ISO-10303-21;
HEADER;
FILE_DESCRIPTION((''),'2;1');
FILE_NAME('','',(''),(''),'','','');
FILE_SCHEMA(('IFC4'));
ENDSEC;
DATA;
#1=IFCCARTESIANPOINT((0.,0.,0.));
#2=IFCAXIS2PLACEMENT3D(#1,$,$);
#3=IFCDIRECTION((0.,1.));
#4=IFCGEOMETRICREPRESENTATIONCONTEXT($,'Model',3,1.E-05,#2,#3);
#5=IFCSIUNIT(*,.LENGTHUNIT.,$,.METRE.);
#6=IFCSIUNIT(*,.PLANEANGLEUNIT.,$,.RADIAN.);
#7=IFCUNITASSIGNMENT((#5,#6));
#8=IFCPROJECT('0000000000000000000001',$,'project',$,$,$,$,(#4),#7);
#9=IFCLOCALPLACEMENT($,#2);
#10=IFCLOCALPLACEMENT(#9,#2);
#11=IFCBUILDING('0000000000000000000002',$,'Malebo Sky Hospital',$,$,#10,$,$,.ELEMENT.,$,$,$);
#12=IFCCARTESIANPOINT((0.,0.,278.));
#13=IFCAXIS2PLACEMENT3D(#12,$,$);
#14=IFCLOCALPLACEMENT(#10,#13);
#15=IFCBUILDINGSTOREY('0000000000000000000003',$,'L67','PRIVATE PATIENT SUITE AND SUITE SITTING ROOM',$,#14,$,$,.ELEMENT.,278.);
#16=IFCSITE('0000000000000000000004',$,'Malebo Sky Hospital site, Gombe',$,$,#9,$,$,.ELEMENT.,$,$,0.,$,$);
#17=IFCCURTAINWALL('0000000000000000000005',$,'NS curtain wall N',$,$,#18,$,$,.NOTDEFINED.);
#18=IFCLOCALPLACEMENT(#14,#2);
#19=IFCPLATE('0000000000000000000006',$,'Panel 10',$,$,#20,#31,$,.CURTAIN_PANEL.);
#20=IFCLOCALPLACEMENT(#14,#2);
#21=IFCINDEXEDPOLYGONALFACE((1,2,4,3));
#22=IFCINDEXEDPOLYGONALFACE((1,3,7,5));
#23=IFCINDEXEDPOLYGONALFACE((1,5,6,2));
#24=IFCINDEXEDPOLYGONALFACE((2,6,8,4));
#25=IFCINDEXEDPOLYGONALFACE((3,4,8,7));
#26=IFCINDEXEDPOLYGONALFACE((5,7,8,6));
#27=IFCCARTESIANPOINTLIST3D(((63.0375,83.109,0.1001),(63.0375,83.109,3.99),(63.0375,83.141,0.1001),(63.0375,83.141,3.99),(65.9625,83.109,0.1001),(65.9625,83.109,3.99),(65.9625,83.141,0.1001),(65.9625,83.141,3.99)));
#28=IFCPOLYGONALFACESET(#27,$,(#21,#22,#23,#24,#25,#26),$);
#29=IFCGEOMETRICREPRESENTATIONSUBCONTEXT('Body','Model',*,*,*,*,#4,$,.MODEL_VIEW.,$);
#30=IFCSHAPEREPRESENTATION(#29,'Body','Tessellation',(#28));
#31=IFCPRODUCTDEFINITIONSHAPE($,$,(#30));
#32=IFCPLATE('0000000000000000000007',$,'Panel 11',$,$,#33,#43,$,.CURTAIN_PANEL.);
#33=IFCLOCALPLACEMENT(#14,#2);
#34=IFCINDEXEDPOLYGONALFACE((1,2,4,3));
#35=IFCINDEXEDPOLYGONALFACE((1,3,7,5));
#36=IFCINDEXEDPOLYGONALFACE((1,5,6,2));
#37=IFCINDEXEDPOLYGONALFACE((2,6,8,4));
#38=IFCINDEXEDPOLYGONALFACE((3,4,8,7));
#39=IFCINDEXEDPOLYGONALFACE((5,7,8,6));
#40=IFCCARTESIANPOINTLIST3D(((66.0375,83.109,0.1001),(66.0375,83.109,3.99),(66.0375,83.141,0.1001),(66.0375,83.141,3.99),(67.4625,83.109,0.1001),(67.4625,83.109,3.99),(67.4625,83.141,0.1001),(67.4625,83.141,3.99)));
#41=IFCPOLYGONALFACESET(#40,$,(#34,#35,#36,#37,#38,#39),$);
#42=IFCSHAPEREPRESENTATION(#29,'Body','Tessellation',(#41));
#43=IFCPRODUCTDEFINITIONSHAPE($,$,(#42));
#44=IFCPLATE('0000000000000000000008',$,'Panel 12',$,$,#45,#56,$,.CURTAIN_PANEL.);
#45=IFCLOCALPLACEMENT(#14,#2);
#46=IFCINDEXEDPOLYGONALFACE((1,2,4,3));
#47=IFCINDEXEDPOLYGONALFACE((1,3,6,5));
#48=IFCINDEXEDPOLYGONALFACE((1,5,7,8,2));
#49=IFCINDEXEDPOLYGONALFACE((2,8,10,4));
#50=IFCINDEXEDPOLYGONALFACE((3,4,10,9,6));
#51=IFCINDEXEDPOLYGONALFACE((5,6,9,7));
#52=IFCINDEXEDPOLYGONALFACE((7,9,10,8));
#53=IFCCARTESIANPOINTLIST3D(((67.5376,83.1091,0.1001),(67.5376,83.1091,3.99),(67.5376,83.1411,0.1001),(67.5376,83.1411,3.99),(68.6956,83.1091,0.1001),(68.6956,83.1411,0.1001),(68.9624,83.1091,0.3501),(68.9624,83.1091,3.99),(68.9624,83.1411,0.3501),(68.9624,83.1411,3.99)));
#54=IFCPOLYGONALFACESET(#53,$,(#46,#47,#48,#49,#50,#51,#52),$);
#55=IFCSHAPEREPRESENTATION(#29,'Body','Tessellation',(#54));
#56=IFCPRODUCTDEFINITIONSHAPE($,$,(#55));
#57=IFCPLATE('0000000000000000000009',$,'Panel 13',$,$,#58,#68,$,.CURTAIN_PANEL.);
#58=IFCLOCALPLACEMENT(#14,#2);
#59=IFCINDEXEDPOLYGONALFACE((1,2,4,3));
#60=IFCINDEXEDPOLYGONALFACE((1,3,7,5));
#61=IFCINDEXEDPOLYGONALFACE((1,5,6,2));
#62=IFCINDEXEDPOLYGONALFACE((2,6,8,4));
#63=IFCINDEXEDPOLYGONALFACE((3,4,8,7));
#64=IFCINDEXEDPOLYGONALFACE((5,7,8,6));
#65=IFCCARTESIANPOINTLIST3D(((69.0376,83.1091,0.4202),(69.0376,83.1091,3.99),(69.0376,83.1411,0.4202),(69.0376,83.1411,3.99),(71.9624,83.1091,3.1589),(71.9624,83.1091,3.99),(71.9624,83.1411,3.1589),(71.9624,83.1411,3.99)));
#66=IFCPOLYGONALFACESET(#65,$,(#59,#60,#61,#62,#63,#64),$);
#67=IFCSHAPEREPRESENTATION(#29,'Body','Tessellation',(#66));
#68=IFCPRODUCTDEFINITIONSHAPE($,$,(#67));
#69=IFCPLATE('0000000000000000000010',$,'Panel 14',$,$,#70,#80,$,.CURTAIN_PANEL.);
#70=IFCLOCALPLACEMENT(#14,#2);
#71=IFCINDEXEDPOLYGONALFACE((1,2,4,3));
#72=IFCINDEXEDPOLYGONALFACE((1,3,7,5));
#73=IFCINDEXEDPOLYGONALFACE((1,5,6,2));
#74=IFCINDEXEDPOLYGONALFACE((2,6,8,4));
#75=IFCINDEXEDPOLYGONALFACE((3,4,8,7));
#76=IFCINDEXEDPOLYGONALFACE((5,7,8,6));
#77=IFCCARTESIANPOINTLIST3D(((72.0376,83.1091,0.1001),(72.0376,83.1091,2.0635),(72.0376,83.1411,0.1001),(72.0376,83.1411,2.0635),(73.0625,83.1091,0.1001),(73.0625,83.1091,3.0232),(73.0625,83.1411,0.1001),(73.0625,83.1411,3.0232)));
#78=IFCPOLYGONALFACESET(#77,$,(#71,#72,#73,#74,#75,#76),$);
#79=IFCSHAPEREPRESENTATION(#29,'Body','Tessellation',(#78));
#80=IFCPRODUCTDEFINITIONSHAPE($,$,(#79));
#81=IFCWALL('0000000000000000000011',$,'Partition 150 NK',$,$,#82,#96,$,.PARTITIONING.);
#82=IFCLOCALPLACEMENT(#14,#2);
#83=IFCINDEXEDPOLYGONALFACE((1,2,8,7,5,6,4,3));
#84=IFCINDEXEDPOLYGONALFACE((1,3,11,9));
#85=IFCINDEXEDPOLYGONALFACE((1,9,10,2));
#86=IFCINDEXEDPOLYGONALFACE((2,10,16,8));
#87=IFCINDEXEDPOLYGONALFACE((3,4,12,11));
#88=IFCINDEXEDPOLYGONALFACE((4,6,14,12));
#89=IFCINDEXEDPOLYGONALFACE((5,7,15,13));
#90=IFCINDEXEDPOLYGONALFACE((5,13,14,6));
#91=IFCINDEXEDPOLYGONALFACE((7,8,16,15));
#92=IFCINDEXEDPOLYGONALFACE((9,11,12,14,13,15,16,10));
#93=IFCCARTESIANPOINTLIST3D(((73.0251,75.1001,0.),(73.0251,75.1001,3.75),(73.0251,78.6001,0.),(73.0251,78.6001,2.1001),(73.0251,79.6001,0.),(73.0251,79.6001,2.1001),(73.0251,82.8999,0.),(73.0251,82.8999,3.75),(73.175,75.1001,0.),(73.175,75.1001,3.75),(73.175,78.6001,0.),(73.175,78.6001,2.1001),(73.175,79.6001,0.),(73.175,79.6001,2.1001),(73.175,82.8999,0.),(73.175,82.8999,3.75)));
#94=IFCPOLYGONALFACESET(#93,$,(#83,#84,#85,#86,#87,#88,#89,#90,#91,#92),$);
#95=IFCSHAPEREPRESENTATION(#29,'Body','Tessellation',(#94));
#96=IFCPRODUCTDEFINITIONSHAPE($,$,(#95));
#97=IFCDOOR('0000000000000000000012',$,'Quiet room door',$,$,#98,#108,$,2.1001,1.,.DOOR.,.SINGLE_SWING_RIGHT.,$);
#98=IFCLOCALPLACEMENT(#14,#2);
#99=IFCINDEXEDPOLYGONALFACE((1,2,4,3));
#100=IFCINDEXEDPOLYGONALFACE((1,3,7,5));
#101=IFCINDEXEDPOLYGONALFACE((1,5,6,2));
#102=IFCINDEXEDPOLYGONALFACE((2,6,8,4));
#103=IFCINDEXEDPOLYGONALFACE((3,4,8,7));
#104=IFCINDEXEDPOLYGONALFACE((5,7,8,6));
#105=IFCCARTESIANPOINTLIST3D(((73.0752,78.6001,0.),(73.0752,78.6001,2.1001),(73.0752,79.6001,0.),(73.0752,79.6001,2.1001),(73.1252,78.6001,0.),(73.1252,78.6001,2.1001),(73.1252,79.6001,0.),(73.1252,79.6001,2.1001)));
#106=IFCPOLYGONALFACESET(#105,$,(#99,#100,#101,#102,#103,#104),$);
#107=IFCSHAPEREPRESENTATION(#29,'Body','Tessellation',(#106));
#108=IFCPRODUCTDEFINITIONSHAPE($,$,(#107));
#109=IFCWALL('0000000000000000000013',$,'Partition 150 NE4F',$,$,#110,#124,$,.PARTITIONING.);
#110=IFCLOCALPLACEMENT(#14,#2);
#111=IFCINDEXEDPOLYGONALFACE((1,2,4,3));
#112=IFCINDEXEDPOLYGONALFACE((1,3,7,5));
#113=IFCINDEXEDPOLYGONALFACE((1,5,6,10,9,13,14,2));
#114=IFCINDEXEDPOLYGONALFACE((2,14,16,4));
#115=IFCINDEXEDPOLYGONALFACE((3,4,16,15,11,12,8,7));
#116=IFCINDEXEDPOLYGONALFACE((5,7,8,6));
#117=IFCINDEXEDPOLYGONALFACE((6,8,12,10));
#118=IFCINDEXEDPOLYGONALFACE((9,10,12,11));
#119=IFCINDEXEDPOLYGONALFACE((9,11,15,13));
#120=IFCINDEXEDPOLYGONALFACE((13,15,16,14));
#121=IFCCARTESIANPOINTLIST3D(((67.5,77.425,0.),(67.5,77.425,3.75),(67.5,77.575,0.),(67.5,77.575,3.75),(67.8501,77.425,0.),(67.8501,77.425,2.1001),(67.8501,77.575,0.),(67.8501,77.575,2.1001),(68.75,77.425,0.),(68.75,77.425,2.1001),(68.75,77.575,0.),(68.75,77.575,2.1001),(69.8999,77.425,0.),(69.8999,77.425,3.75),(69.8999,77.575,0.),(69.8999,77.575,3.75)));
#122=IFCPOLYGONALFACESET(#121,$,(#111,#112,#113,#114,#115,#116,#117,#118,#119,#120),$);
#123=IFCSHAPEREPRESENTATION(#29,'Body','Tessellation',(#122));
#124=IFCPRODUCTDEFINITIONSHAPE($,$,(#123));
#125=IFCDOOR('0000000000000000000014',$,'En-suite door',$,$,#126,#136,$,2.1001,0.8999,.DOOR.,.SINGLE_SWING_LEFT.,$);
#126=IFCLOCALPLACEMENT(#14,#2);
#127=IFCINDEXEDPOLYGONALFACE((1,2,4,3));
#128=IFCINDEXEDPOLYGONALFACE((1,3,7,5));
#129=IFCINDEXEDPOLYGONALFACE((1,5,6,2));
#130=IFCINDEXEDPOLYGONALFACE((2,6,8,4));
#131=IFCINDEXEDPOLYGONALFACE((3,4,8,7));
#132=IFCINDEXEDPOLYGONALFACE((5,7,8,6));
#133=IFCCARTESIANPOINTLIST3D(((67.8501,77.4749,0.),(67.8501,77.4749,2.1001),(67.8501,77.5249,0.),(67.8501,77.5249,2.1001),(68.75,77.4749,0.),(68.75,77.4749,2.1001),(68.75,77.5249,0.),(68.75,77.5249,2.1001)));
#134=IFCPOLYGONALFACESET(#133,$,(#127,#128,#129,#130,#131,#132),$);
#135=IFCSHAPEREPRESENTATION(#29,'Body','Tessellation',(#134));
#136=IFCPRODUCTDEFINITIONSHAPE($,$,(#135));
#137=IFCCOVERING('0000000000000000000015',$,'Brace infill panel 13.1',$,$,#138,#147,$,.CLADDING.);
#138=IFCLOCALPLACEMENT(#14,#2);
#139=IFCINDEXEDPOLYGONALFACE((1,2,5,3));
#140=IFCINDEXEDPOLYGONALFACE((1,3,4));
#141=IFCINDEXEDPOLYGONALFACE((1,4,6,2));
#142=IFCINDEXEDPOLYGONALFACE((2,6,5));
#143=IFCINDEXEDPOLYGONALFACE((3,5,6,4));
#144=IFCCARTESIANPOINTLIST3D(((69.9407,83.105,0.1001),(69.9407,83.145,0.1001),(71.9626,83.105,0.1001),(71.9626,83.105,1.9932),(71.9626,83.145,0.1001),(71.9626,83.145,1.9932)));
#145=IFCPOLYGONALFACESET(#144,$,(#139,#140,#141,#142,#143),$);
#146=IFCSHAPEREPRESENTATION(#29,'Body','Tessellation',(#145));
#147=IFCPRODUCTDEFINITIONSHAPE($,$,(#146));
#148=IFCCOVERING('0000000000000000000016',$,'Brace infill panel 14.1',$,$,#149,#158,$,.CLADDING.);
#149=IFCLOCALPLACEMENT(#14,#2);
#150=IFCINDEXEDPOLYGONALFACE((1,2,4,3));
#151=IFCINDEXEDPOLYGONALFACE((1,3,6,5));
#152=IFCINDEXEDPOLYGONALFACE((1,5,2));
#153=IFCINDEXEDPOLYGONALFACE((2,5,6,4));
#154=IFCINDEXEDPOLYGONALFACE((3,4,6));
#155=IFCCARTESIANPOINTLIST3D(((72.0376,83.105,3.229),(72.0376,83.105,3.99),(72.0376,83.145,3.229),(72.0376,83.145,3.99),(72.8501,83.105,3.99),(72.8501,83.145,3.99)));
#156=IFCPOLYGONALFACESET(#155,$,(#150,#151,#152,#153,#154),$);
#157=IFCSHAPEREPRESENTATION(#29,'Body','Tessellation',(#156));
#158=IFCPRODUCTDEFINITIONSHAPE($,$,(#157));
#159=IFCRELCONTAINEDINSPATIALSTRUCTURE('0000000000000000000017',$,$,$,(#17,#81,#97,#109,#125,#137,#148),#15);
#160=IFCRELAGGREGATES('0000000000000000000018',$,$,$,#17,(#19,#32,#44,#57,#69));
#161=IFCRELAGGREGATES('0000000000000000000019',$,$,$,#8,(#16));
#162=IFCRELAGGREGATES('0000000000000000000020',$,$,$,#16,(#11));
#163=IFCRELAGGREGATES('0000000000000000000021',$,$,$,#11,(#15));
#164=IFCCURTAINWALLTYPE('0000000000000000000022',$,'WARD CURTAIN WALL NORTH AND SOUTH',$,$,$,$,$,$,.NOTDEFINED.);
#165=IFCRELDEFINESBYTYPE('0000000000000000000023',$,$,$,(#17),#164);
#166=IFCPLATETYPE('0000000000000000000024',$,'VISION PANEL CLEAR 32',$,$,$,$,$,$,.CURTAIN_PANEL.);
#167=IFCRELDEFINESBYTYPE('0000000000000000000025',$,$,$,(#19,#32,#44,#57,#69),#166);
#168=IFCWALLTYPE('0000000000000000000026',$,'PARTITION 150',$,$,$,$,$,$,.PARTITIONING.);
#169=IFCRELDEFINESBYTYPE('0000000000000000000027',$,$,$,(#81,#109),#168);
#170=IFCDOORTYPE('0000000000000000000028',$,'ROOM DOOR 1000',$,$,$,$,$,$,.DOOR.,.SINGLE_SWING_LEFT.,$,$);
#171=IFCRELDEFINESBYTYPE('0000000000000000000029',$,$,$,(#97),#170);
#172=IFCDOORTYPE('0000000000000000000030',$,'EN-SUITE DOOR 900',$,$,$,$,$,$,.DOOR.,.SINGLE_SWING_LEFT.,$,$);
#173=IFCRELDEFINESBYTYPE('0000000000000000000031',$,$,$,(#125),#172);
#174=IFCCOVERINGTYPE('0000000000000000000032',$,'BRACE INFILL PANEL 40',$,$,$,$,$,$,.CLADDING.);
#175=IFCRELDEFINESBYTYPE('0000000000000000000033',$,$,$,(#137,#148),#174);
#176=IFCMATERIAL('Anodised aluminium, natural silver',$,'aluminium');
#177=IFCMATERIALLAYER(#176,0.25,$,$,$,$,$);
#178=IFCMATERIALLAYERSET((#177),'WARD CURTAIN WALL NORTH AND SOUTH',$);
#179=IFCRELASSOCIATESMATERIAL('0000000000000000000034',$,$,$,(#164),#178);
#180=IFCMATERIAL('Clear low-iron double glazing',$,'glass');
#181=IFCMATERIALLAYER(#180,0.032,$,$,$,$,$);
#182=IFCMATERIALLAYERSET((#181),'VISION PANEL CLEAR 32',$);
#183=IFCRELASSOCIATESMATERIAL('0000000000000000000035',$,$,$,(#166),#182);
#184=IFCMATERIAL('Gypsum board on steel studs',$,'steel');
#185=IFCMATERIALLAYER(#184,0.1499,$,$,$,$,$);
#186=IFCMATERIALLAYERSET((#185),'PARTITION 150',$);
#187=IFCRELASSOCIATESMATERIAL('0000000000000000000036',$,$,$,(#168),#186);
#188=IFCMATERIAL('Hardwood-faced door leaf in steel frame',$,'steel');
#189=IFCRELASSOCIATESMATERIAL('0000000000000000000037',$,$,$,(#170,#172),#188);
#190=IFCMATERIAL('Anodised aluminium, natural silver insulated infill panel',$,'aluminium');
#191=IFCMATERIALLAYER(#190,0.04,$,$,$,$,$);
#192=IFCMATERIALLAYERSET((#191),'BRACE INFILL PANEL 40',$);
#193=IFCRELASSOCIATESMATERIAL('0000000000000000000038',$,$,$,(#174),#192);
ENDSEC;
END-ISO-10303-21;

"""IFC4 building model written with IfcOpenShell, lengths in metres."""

from ifc_helpers import new_model, si_unit, direction, frame, frame_2d, origin, origin_2d, place, context, subcontext, project, spatial, polyline, rectangle, outline, extrude, material, layer, layer_set, type_object, element, fill, aggregate, save


model = new_model("IFC4")

# Units and contexts
model_context = context("Model", 3, precision=1e-05, world=origin(), true_north=direction((0.0, 1.0)))
body_context = subcontext(model_context, "Body", "Model", "MODEL_VIEW")
ifc_project = project(units=[si_unit("LENGTHUNIT", "METRE"), si_unit("PLANEANGLEUNIT", "RADIAN")], contexts=[model_context])

# Site, building, storey
site_placement = place(None, origin())
site = spatial("IfcSite", under=ifc_project, at=site_placement, Name="Malebo Sky Hospital site, Gombe", CompositionType="ELEMENT", RefElevation=0.0)
building_placement = place(site_placement, origin())
building = spatial("IfcBuilding", under=site, at=building_placement, Name="Malebo Sky Hospital", CompositionType="ELEMENT")
storey_placement = place(building_placement, frame((0.0, 0.0, 278.0)))
storey = spatial("IfcBuildingStorey", under=building, at=storey_placement, Name="L67", Description="PRIVATE PATIENT SUITE AND SUITE SITTING ROOM", CompositionType="ELEMENT", Elevation=278.0)

# Curtain wall
ifc_material_1 = material(Name="Anodised aluminium, natural silver", Category="aluminium")
ifc_layer_1 = layer(ifc_material_1, 0.25)
ifc_layer_set_1 = layer_set([ifc_layer_1], Name="WARD CURTAIN WALL NORTH AND SOUTH")
curtain_wall_type = type_object("IfcCurtainWallType", Name="WARD CURTAIN WALL NORTH AND SOUTH", PredefinedType="NOTDEFINED", material=ifc_layer_set_1)
curtain_wall_placement = place(storey_placement, origin())
curtain_wall = element("IfcCurtainWall", 1, at=curtain_wall_placement, inside=storey, type_object=curtain_wall_type, Name="NS curtain wall N", PredefinedType="NOTDEFINED")

# Plates
ifc_material_2 = material(Name="Clear low-iron double glazing", Category="glass")
ifc_layer_2 = layer(ifc_material_2, 0.032)
ifc_layer_set_2 = layer_set([ifc_layer_2], Name="VISION PANEL CLEAR 32")
plate_type = type_object("IfcPlateType", Name="VISION PANEL CLEAR 32", PredefinedType="CURTAIN_PANEL", material=ifc_layer_set_2)
plate_1_placement = place(storey_placement, frame((64.5, 83.125, 0.1001), z_axis=(0.0, 0.0, 1.0), x_axis=(1.0, 0.0, 0.0)))
plate_1 = element("IfcPlate", 2, at=plate_1_placement, type_object=plate_type, Name="Panel 10", PredefinedType="CURTAIN_PANEL", context=body_context, shape_type="SweptSolid", body=[
    extrude(rectangle(XDim=2.925, YDim=0.032, at=origin_2d()), origin(), (0.0, 0.0, 1.0), 3.8899),
])
plate_2_placement = place(storey_placement, frame((66.75, 83.125, 0.1001), z_axis=(0.0, 0.0, 1.0), x_axis=(1.0, 0.0, 0.0)))
plate_2 = element("IfcPlate", 3, at=plate_2_placement, type_object=plate_type, Name="Panel 11", PredefinedType="CURTAIN_PANEL", context=body_context, shape_type="SweptSolid", body=[
    extrude(rectangle(XDim=1.425, YDim=0.032, at=origin_2d()), origin(), (0.0, 0.0, 1.0), 3.8899),
])
plate_3_placement = place(storey_placement, frame((68.25, 83.125, 0.1001), z_axis=(0.0, 0.0, 1.0), x_axis=(1.0, 0.0, 0.0)))
plate_3 = element("IfcPlate", 4, at=plate_3_placement, type_object=plate_type, Name="Panel 12", PredefinedType="CURTAIN_PANEL", context=body_context, shape_type="SweptSolid", body=[
    extrude(outline(polyline([(-0.7124, 0.0), (0.4456, 0.0), (0.7124, 0.25), (0.7124, 3.8899), (-0.7124, 3.8899), (-0.7124, 0.0)])), frame((0.0, 0.0161, 0.0), z_axis=(0.0, -1.0, 0.0), x_axis=(1.0, 0.0, 0.0)), (0.0, 0.0, 1.0), 0.032),
])
plate_4_placement = place(storey_placement, frame((70.5, 83.125, 0.4202), z_axis=(0.0, 0.0, 1.0), x_axis=(1.0, 0.0, 0.0)))
plate_4 = element("IfcPlate", 5, at=plate_4_placement, type_object=plate_type, Name="Panel 13", PredefinedType="CURTAIN_PANEL", context=body_context, shape_type="SweptSolid", body=[
    extrude(outline(polyline([(-1.4624, 0.0), (1.4624, 2.7388), (1.4624, 3.5698), (-1.4624, 3.5698), (-1.4624, 0.0)])), frame((0.0, 0.0161, 0.0), z_axis=(0.0, -1.0, 0.0), x_axis=(1.0, 0.0, 0.0)), (0.0, 0.0, 1.0), 0.032),
])
plate_5_placement = place(storey_placement, frame((72.55, 83.125, 0.1001), z_axis=(0.0, 0.0, 1.0), x_axis=(1.0, 0.0, 0.0)))
plate_5 = element("IfcPlate", 6, at=plate_5_placement, type_object=plate_type, Name="Panel 14", PredefinedType="CURTAIN_PANEL", context=body_context, shape_type="SweptSolid", body=[
    extrude(outline(polyline([(-0.5125, 0.0), (0.5125, 0.0), (0.5125, 2.9231), (-0.5125, 1.9634), (-0.5125, 0.0)])), frame((0.0, 0.0161, 0.0), z_axis=(0.0, -1.0, 0.0), x_axis=(1.0, 0.0, 0.0)), (0.0, 0.0, 1.0), 0.032),
])
aggregate(curtain_wall, [plate_1, plate_2, plate_3, plate_4, plate_5])

# Walls, openings, doors
ifc_material_3 = material(Name="Gypsum board on steel studs", Category="steel")
ifc_layer_3 = layer(ifc_material_3, 0.1499)
ifc_layer_set_3 = layer_set([ifc_layer_3], Name="PARTITION 150")
wall_type = type_object("IfcWallType", Name="PARTITION 150", PredefinedType="PARTITIONING", material=ifc_layer_set_3)
wall_1_placement = place(storey_placement, frame((73.1001, 75.1001, 0.0), z_axis=(0.0, 0.0, 1.0), x_axis=(0.0, 1.0, 0.0)))
wall_1 = element("IfcWall", 7, at=wall_1_placement, inside=storey, type_object=wall_type, Name="Partition 150 NK", PredefinedType="PARTITIONING", context=body_context, shape_type="SweptSolid", body=[
    extrude(rectangle(XDim=7.7998, YDim=0.1499, at=frame_2d((3.8999, 0.0))), origin(), (0.0, 0.0, 1.0), 3.75),
])
opening_1_placement = place(wall_1_placement, frame((3.5, 0.0, 0.0)))
opening_1 = element("IfcOpeningElement", 8, at=opening_1_placement, cuts=wall_1, PredefinedType="OPENING", context=body_context, shape_type="SweptSolid", body=[
    extrude(rectangle(XDim=1.0, YDim=2.1001, at=frame_2d((0.5, 1.05))), frame((0.0, 0.085, 0.0), z_axis=(0.0, -1.0, 0.0), x_axis=(1.0, 0.0, 0.0)), (0.0, 0.0, 1.0), 0.1699),
])
ifc_material_4 = material(Name="Hardwood-faced door leaf in steel frame", Category="steel")
door_type_1 = type_object("IfcDoorType", Name="ROOM DOOR 1000", OperationType="SINGLE_SWING_LEFT", PredefinedType="DOOR", material=ifc_material_4)
door_1_placement = place(opening_1_placement, origin())
door_1 = element("IfcDoor", 9, at=door_1_placement, inside=storey, type_object=door_type_1, Name="Quiet room door", OperationType="SINGLE_SWING_RIGHT", OverallHeight=2.1001, OverallWidth=1.0, PredefinedType="DOOR", context=body_context, shape_type="SweptSolid", body=[
    extrude(rectangle(XDim=1.0, YDim=2.1001, at=frame_2d((0.5, 1.05))), frame((0.0, 0.0249, 0.0), z_axis=(0.0, -1.0, 0.0), x_axis=(1.0, 0.0, 0.0)), (0.0, 0.0, 1.0), 0.05),
])
fill(opening_1, door_1)
wall_2_placement = place(storey_placement, frame((67.5, 77.5, 0.0), z_axis=(0.0, 0.0, 1.0), x_axis=(1.0, 0.0, 0.0)))
wall_2 = element("IfcWall", 10, at=wall_2_placement, inside=storey, type_object=wall_type, Name="Partition 150 NE4F", PredefinedType="PARTITIONING", context=body_context, shape_type="SweptSolid", body=[
    extrude(rectangle(XDim=2.3999, YDim=0.1499, at=frame_2d((1.2, 0.0))), origin(), (0.0, 0.0, 1.0), 3.75),
])
opening_2_placement = place(wall_2_placement, frame((0.3501, 0.0, 0.0)))
opening_2 = element("IfcOpeningElement", 11, at=opening_2_placement, cuts=wall_2, PredefinedType="OPENING", context=body_context, shape_type="SweptSolid", body=[
    extrude(rectangle(XDim=0.8999, YDim=2.1001, at=frame_2d((0.45, 1.05))), frame((0.0, 0.085, 0.0), z_axis=(0.0, -1.0, 0.0), x_axis=(1.0, 0.0, 0.0)), (0.0, 0.0, 1.0), 0.1699),
])
door_type_2 = type_object("IfcDoorType", Name="EN-SUITE DOOR 900", OperationType="SINGLE_SWING_LEFT", PredefinedType="DOOR", material=ifc_material_4)
door_2_placement = place(opening_2_placement, origin())
door_2 = element("IfcDoor", 12, at=door_2_placement, inside=storey, type_object=door_type_2, Name="En-suite door", OperationType="SINGLE_SWING_LEFT", OverallHeight=2.1001, OverallWidth=0.8999, PredefinedType="DOOR", context=body_context, shape_type="SweptSolid", body=[
    extrude(rectangle(XDim=0.8999, YDim=2.1001, at=frame_2d((0.45, 1.05))), frame((0.0, 0.0249, 0.0), z_axis=(0.0, -1.0, 0.0), x_axis=(1.0, 0.0, 0.0)), (0.0, 0.0, 1.0), 0.05),
])
fill(opening_2, door_2)

# Coverings
ifc_material_5 = material(Name="Anodised aluminium, natural silver insulated infill panel", Category="aluminium")
ifc_layer_4 = layer(ifc_material_5, 0.04)
ifc_layer_set_4 = layer_set([ifc_layer_4], Name="BRACE INFILL PANEL 40")
covering_type = type_object("IfcCoveringType", Name="BRACE INFILL PANEL 40", PredefinedType="CLADDING", material=ifc_layer_set_4)
covering_1_placement = place(storey_placement, frame((70.9517, 83.125, 0.1001), z_axis=(0.0, 0.0, 1.0), x_axis=(1.0, 0.0, 0.0)))
element("IfcCovering", 13, at=covering_1_placement, inside=storey, type_object=covering_type, Name="Brace infill panel 13.1", PredefinedType="CLADDING", context=body_context, shape_type="SweptSolid", body=[
    extrude(outline(polyline([(-1.011, 0.0), (1.011, 0.0), (1.011, 1.8931), (-1.011, 0.0)])), frame((0.0, 0.02, 0.0), z_axis=(0.0, -1.0, 0.0), x_axis=(1.0, 0.0, 0.0)), (0.0, 0.0, 1.0), 0.04),
])
covering_2_placement = place(storey_placement, frame((72.4438, 83.125, 3.229), z_axis=(0.0, 0.0, 1.0), x_axis=(1.0, 0.0, 0.0)))
element("IfcCovering", 14, at=covering_2_placement, inside=storey, type_object=covering_type, Name="Brace infill panel 14.1", PredefinedType="CLADDING", context=body_context, shape_type="SweptSolid", body=[
    extrude(outline(polyline([(-0.4062, 0.0), (0.4062, 0.761), (-0.4062, 0.761), (-0.4062, 0.0)])), frame((0.0, 0.02, 0.0), z_axis=(0.0, -1.0, 0.0), x_axis=(1.0, 0.0, 0.0)), (0.0, 0.0, 1.0), 0.04),
])

save(model, "model.ifc")
